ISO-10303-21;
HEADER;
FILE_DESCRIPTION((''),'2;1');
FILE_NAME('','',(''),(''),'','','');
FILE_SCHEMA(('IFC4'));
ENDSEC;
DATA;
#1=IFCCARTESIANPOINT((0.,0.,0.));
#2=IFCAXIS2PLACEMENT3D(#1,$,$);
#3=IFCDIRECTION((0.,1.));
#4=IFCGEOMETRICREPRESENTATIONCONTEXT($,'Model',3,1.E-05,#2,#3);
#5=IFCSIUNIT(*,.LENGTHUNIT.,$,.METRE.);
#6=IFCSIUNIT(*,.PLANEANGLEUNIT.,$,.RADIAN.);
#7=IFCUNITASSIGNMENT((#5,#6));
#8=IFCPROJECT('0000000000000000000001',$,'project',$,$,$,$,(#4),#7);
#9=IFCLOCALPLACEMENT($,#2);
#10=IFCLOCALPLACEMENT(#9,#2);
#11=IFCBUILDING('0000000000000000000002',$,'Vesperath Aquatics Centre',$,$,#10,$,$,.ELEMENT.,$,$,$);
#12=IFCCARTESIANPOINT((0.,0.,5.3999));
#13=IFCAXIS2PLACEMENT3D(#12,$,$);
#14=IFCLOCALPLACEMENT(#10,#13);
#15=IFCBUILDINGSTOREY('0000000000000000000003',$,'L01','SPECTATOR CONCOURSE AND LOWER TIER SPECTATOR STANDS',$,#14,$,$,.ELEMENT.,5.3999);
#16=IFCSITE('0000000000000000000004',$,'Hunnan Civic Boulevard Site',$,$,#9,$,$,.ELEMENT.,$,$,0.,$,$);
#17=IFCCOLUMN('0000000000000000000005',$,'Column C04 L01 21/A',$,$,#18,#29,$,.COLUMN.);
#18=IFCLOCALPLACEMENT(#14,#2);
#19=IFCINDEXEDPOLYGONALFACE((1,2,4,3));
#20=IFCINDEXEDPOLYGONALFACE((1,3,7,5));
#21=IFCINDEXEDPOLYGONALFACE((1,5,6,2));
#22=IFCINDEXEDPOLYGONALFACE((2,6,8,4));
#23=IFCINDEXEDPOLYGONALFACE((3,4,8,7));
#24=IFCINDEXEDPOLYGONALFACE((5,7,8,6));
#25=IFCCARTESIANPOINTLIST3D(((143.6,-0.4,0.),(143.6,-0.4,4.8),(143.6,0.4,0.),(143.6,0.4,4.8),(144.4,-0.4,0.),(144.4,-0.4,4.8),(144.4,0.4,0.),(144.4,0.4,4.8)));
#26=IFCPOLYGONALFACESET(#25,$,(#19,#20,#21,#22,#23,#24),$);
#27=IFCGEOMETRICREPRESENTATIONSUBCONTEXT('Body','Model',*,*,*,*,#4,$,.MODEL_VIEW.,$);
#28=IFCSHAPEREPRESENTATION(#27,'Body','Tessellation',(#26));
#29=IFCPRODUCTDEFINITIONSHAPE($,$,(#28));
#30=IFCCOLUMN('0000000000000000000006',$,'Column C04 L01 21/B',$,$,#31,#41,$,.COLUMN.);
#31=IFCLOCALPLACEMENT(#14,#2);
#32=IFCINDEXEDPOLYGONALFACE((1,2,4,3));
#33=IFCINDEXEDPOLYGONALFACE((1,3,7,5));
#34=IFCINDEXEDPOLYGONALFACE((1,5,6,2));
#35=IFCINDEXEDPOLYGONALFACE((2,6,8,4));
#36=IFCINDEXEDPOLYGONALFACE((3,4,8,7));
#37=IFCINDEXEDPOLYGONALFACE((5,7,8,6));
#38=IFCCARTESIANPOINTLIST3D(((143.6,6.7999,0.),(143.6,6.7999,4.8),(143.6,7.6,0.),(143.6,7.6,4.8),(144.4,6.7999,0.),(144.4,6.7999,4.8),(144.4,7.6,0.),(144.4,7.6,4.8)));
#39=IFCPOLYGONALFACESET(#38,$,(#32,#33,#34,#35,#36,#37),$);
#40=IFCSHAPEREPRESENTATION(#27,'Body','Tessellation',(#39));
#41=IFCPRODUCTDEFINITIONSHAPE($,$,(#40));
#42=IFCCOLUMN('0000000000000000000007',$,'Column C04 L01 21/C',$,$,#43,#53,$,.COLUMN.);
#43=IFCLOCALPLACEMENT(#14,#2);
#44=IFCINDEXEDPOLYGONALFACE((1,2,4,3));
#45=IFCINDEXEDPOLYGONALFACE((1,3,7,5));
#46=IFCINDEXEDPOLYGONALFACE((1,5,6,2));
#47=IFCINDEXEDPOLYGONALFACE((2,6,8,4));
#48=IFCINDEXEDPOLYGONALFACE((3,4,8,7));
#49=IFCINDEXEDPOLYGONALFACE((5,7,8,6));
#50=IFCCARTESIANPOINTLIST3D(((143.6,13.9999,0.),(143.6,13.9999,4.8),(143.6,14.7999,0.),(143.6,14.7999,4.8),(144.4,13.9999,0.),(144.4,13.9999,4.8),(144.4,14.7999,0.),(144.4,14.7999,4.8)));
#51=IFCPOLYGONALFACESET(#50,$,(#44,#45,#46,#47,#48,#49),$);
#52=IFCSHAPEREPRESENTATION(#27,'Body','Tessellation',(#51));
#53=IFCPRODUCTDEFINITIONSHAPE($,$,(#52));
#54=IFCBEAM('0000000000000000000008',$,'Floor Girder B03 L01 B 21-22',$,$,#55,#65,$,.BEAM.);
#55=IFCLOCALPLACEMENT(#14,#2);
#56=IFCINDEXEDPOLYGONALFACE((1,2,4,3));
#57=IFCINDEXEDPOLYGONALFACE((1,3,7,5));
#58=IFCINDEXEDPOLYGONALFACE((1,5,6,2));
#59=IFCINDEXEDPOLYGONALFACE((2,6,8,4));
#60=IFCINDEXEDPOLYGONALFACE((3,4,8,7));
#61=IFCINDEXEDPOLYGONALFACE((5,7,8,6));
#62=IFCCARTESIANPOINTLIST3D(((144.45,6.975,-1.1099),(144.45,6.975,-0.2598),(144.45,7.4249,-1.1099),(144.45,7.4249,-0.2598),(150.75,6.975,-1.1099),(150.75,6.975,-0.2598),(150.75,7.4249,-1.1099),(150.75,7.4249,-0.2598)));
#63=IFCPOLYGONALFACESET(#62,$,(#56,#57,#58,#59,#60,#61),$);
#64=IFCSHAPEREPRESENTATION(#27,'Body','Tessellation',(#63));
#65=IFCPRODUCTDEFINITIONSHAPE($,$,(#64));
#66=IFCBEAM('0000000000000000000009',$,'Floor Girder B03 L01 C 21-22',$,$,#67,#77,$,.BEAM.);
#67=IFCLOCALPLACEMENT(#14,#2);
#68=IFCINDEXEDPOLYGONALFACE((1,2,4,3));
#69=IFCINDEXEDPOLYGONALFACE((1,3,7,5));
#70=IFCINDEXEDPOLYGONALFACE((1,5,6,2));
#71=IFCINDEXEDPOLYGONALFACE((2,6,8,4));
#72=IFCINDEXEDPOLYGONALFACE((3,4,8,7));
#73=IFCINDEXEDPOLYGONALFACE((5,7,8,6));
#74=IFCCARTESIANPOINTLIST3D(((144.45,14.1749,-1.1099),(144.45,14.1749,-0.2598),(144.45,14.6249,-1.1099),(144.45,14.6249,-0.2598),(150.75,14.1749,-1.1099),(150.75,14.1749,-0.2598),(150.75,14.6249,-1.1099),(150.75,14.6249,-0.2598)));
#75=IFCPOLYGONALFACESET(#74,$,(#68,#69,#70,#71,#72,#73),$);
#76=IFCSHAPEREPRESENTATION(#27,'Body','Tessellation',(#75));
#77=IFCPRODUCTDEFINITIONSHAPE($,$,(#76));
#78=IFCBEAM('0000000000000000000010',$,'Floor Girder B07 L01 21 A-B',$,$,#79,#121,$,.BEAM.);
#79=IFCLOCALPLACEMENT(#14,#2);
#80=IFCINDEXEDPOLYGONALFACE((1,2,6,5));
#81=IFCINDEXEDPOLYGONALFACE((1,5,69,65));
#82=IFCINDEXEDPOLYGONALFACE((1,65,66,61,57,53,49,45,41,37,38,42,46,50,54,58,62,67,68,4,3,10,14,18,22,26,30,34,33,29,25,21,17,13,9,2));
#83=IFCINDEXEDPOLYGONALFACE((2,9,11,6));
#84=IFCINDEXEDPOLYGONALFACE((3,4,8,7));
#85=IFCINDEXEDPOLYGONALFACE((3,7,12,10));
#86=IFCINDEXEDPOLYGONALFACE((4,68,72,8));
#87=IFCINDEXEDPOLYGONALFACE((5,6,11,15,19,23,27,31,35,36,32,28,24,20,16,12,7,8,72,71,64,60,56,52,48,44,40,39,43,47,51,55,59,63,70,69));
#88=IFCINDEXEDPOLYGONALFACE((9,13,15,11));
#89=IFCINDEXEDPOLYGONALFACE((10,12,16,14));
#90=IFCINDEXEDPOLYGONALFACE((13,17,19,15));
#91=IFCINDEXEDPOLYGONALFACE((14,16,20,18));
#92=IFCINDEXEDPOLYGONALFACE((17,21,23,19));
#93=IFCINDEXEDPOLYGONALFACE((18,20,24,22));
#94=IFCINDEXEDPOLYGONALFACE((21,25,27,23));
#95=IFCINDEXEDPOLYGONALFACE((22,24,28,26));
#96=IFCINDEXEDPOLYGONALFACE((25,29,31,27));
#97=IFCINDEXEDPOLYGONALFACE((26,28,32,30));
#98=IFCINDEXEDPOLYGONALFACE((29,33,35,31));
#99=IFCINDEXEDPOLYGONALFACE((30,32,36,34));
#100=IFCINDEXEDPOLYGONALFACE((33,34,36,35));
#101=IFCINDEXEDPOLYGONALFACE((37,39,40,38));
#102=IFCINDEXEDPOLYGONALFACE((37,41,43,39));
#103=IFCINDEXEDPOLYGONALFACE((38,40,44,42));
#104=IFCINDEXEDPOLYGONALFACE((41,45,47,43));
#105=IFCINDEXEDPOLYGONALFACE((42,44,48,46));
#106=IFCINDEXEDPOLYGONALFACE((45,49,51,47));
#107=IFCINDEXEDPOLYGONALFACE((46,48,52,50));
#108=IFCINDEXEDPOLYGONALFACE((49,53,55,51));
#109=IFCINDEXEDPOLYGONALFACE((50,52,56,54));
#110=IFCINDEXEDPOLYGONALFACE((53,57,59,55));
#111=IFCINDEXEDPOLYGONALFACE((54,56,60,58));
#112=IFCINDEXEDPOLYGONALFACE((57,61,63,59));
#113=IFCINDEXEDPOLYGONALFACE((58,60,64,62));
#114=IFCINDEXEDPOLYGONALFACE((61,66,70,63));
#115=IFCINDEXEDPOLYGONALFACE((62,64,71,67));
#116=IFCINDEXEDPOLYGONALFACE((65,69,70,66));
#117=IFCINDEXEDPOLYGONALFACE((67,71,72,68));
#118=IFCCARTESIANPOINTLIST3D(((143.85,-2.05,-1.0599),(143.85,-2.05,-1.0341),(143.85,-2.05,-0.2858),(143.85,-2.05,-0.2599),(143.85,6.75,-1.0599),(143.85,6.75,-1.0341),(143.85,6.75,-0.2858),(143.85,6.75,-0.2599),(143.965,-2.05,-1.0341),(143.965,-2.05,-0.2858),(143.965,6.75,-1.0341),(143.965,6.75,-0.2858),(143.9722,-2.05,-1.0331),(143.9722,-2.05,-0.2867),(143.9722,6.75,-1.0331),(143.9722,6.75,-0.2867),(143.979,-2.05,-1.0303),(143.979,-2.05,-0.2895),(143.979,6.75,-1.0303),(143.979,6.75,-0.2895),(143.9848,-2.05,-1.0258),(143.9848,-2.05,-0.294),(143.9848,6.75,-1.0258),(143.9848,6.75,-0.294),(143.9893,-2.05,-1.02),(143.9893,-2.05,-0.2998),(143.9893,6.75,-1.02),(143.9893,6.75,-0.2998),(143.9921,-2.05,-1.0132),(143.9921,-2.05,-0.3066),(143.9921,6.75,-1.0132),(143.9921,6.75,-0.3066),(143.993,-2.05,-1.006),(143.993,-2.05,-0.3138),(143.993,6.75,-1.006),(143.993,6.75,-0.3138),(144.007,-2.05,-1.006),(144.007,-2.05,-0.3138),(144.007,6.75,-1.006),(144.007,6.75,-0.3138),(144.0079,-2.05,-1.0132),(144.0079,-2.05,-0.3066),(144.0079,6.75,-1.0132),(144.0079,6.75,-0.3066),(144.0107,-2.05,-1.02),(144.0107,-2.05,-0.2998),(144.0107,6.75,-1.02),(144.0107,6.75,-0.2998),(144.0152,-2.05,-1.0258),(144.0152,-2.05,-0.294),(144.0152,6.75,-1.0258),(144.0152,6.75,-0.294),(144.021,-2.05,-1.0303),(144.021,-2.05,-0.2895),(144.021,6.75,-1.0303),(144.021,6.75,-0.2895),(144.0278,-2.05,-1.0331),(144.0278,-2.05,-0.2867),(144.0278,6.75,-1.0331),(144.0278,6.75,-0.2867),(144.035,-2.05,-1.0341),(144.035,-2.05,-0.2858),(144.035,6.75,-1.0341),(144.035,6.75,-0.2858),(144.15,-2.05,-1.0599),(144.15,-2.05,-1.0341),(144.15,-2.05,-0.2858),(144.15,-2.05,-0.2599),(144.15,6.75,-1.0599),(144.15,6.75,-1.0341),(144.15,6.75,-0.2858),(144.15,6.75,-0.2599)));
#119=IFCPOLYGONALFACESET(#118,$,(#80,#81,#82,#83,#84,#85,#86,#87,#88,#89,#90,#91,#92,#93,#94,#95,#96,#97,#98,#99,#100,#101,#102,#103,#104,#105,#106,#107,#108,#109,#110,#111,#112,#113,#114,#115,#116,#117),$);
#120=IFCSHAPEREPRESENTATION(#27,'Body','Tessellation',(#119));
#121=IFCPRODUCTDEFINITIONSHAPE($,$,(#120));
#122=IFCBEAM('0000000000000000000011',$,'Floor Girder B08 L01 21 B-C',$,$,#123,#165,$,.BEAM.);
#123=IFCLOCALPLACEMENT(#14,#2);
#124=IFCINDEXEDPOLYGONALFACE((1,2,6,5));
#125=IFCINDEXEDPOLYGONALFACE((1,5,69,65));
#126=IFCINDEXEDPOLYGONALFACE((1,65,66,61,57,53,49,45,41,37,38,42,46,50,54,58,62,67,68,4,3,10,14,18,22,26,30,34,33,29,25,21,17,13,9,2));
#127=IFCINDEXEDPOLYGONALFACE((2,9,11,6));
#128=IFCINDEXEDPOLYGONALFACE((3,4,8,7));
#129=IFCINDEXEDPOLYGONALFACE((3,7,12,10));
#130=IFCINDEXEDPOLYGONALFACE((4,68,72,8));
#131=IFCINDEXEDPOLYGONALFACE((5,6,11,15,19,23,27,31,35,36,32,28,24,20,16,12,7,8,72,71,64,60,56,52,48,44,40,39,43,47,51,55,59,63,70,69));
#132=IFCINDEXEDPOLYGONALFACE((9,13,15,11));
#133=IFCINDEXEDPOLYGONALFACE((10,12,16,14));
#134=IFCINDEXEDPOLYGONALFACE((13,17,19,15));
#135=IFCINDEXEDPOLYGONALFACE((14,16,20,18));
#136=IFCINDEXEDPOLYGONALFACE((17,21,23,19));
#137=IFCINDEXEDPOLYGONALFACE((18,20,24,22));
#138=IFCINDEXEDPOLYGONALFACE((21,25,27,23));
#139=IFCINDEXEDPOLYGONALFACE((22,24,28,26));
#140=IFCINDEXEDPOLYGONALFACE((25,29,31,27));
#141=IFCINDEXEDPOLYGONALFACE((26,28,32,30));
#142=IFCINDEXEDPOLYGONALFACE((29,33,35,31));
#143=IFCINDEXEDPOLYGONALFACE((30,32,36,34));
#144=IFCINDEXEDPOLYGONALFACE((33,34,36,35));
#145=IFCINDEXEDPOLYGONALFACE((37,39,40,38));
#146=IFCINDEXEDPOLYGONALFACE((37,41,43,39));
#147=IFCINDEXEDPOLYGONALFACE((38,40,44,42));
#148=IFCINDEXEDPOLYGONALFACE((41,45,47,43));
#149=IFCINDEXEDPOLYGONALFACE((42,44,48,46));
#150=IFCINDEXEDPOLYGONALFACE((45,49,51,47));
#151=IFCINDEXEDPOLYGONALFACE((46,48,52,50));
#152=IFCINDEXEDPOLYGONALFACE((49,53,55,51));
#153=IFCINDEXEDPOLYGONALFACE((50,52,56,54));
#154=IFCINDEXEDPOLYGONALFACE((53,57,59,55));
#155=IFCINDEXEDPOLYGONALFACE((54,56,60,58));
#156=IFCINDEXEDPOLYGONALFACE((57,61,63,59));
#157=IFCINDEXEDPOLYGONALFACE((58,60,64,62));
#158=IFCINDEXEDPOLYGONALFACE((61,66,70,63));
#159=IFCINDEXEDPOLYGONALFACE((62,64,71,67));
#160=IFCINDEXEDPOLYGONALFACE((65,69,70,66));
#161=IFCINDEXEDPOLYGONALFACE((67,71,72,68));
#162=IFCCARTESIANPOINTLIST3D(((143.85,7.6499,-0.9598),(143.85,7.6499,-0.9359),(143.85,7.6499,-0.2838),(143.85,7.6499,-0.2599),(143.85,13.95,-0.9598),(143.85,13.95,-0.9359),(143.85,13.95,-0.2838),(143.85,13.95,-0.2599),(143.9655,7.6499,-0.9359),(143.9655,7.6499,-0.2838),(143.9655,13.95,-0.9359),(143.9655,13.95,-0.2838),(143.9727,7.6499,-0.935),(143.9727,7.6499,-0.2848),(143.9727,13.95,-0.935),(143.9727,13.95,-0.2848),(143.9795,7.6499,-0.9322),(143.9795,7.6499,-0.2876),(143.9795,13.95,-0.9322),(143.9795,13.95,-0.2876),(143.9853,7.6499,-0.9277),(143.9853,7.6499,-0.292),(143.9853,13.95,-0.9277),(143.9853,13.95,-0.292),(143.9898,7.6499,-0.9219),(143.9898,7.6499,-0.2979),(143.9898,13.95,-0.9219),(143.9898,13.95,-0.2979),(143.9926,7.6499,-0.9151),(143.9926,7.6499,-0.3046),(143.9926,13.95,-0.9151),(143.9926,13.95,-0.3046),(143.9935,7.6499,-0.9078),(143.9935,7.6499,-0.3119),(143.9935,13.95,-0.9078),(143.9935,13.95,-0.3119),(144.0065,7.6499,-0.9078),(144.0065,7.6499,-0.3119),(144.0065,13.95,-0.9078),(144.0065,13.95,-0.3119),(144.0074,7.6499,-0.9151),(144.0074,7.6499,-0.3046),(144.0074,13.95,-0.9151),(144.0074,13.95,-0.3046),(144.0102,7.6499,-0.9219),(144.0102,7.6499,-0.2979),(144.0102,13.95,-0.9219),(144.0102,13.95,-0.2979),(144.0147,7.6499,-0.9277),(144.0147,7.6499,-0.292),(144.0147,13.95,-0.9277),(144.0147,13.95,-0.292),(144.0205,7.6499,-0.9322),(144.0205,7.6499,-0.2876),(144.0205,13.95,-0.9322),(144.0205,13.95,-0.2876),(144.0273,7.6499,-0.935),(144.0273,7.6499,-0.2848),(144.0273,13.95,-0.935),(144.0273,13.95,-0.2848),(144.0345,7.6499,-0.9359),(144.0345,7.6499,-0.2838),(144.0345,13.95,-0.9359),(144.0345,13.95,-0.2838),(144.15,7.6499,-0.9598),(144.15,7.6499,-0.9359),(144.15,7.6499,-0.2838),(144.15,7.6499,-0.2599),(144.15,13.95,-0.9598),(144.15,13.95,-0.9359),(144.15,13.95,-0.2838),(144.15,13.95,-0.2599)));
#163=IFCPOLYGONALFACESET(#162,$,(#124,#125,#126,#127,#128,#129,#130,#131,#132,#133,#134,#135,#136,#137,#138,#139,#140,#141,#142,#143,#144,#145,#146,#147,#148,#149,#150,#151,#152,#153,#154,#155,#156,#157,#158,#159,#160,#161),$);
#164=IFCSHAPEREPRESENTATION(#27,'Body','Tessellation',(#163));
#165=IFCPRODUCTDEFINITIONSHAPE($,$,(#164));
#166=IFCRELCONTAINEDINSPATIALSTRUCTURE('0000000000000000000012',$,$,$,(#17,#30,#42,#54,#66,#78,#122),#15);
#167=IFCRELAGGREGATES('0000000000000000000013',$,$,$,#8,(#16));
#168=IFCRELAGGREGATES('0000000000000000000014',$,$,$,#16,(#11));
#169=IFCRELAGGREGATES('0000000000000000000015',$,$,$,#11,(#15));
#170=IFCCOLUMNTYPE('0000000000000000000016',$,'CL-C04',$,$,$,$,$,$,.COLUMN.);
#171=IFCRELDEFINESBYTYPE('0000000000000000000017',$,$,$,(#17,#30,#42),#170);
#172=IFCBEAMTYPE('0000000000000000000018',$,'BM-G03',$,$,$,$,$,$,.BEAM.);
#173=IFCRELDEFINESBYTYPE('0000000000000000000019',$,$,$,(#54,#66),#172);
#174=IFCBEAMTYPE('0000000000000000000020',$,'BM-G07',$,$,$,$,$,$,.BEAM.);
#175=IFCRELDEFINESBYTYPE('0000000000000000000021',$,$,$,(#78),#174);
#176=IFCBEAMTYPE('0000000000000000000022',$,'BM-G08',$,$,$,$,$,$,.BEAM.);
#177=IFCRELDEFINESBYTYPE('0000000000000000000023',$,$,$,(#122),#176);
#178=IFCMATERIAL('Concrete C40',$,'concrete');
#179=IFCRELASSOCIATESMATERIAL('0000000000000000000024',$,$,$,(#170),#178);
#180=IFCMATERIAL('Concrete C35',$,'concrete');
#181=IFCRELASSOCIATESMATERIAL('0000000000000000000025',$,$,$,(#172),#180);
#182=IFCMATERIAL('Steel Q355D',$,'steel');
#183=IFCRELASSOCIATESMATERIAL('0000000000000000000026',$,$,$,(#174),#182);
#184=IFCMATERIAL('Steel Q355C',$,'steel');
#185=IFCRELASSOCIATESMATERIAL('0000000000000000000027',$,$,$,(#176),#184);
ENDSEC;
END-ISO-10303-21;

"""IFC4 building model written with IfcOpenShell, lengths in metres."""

from ifc_helpers import new_model, si_unit, direction, frame, origin, origin_2d, place, context, subcontext, project, spatial, rectangle, i_section, extrude, material, material_profile, profile_set, type_object, element, save


model = new_model("IFC4")

# Units and contexts
model_context = context("Model", 3, precision=1e-05, world=origin(), true_north=direction((0.0, 1.0)))
body_context = subcontext(model_context, "Body", "Model", "MODEL_VIEW")
ifc_project = project(units=[si_unit("LENGTHUNIT", "METRE"), si_unit("PLANEANGLEUNIT", "RADIAN")], contexts=[model_context])

# Site, building, storey
site_placement = place(None, origin())
site = spatial("IfcSite", under=ifc_project, at=site_placement, Name="Hunnan Civic Boulevard Site", CompositionType="ELEMENT", RefElevation=0.0)
building_placement = place(site_placement, origin())
building = spatial("IfcBuilding", under=site, at=building_placement, Name="Vesperath Aquatics Centre", CompositionType="ELEMENT")
storey_placement = place(building_placement, frame((0.0, 0.0, 5.3999)))
storey = spatial("IfcBuildingStorey", under=building, at=storey_placement, Name="L01", Description="SPECTATOR CONCOURSE AND LOWER TIER SPECTATOR STANDS", CompositionType="ELEMENT", Elevation=5.3999)

# Columns
ifc_material_1 = material(Name="Concrete C40", Category="concrete")
ifc_material_profile_1 = material_profile(ifc_material_1, rectangle(XDim=0.8, YDim=0.8, at=origin_2d()), Name="RC 800x800")
ifc_profile_set_1 = profile_set([ifc_material_profile_1], Name="Concrete C40")
column_type = type_object("IfcColumnType", Name="CL-C04", PredefinedType="COLUMN", material=ifc_profile_set_1)
for number, where, z_axis, x_axis, name in (
    (1, (144.0, 0.0, 0.0), (0.0, 0.0, 1.0), (1.0, 0.0, 0.0), "Column C04 L01 21/A"),
    (2, (144.0, 7.2, 0.0), (0.0, 0.0, 1.0), (1.0, 0.0, 0.0), "Column C04 L01 21/B"),
    (3, (144.0, 14.3999, 0.0), (0.0, 0.0, 1.0), (1.0, 0.0, 0.0), "Column C04 L01 21/C"),
):
    element("IfcColumn", number, at=place(storey_placement, frame(where, z_axis=z_axis, x_axis=x_axis)), inside=storey, type_object=column_type, Name=name, PredefinedType="COLUMN", context=body_context, shape_type="SweptSolid", body=[
        extrude(rectangle(XDim=0.8, YDim=0.8, at=origin_2d()), origin(), (0.0, 0.0, 1.0), 4.8),
    ])

# Beams
ifc_material_2 = material(Name="Concrete C35", Category="concrete")
ifc_material_profile_2 = material_profile(ifc_material_2, rectangle(XDim=0.45, YDim=0.8501, at=origin_2d()), Name="RC 450x850")
ifc_profile_set_2 = profile_set([ifc_material_profile_2], Name="Concrete C35")
beam_type_1 = type_object("IfcBeamType", Name="BM-G03", PredefinedType="BEAM", material=ifc_profile_set_2)
for number, where, z_axis, x_axis, name in (
    (4, (144.45, 7.2, -0.6848), (1.0, 0.0, 0.0), (0.0, 1.0, 0.0), "Floor Girder B03 L01 B 21-22"),
    (5, (144.45, 14.3999, -0.6848), (1.0, 0.0, 0.0), (0.0, 1.0, 0.0), "Floor Girder B03 L01 C 21-22"),
):
    element("IfcBeam", number, at=place(storey_placement, frame(where, z_axis=z_axis, x_axis=x_axis)), inside=storey, type_object=beam_type_1, Name=name, PredefinedType="BEAM", context=body_context, shape_type="SweptSolid", body=[
        extrude(rectangle(XDim=0.45, YDim=0.8501, at=origin_2d()), origin(), (0.0, 0.0, 1.0), 6.3),
    ])
ifc_material_3 = material(Name="Steel Q355D", Category="steel")
ifc_material_profile_3 = material_profile(ifc_material_3, i_section(OverallWidth=0.3, OverallDepth=0.8, WebThickness=0.0139, FlangeThickness=0.0259, FilletRadius=0.0281, at=origin_2d()), Name="HN 800x300x14x26")
ifc_profile_set_3 = profile_set([ifc_material_profile_3], Name="Steel Q355D")
beam_type_2 = type_object("IfcBeamType", Name="BM-G07", PredefinedType="BEAM", material=ifc_profile_set_3)
beam_1_placement = place(storey_placement, frame((144.0, -2.05, -0.6599), z_axis=(0.0, 1.0, 0.0), x_axis=(-1.0, 0.0, 0.0)))
element("IfcBeam", 6, at=beam_1_placement, inside=storey, type_object=beam_type_2, Name="Floor Girder B07 L01 21 A-B", PredefinedType="BEAM", context=body_context, shape_type="SweptSolid", body=[
    extrude(i_section(OverallWidth=0.3, OverallDepth=0.8, WebThickness=0.0139, FlangeThickness=0.0259, FilletRadius=0.0281, at=origin_2d()), origin(), (0.0, 0.0, 1.0), 8.8),
])
ifc_material_4 = material(Name="Steel Q355C", Category="steel")
ifc_material_profile_4 = material_profile(ifc_material_4, i_section(OverallWidth=0.3, OverallDepth=0.7, WebThickness=0.0129, FlangeThickness=0.0239, FilletRadius=0.0281, at=origin_2d()), Name="HN 700x300x13x24")
ifc_profile_set_4 = profile_set([ifc_material_profile_4], Name="Steel Q355C")
beam_type_3 = type_object("IfcBeamType", Name="BM-G08", PredefinedType="BEAM", material=ifc_profile_set_4)
beam_2_placement = place(storey_placement, frame((144.0, 7.6499, -0.6099), z_axis=(0.0, 1.0, 0.0), x_axis=(-1.0, 0.0, 0.0)))
element("IfcBeam", 7, at=beam_2_placement, inside=storey, type_object=beam_type_3, Name="Floor Girder B08 L01 21 B-C", PredefinedType="BEAM", context=body_context, shape_type="SweptSolid", body=[
    extrude(i_section(OverallWidth=0.3, OverallDepth=0.7, WebThickness=0.0129, FlangeThickness=0.0239, FilletRadius=0.0281, at=origin_2d()), origin(), (0.0, 0.0, 1.0), 6.3),
])

save(model, "model.ifc")
